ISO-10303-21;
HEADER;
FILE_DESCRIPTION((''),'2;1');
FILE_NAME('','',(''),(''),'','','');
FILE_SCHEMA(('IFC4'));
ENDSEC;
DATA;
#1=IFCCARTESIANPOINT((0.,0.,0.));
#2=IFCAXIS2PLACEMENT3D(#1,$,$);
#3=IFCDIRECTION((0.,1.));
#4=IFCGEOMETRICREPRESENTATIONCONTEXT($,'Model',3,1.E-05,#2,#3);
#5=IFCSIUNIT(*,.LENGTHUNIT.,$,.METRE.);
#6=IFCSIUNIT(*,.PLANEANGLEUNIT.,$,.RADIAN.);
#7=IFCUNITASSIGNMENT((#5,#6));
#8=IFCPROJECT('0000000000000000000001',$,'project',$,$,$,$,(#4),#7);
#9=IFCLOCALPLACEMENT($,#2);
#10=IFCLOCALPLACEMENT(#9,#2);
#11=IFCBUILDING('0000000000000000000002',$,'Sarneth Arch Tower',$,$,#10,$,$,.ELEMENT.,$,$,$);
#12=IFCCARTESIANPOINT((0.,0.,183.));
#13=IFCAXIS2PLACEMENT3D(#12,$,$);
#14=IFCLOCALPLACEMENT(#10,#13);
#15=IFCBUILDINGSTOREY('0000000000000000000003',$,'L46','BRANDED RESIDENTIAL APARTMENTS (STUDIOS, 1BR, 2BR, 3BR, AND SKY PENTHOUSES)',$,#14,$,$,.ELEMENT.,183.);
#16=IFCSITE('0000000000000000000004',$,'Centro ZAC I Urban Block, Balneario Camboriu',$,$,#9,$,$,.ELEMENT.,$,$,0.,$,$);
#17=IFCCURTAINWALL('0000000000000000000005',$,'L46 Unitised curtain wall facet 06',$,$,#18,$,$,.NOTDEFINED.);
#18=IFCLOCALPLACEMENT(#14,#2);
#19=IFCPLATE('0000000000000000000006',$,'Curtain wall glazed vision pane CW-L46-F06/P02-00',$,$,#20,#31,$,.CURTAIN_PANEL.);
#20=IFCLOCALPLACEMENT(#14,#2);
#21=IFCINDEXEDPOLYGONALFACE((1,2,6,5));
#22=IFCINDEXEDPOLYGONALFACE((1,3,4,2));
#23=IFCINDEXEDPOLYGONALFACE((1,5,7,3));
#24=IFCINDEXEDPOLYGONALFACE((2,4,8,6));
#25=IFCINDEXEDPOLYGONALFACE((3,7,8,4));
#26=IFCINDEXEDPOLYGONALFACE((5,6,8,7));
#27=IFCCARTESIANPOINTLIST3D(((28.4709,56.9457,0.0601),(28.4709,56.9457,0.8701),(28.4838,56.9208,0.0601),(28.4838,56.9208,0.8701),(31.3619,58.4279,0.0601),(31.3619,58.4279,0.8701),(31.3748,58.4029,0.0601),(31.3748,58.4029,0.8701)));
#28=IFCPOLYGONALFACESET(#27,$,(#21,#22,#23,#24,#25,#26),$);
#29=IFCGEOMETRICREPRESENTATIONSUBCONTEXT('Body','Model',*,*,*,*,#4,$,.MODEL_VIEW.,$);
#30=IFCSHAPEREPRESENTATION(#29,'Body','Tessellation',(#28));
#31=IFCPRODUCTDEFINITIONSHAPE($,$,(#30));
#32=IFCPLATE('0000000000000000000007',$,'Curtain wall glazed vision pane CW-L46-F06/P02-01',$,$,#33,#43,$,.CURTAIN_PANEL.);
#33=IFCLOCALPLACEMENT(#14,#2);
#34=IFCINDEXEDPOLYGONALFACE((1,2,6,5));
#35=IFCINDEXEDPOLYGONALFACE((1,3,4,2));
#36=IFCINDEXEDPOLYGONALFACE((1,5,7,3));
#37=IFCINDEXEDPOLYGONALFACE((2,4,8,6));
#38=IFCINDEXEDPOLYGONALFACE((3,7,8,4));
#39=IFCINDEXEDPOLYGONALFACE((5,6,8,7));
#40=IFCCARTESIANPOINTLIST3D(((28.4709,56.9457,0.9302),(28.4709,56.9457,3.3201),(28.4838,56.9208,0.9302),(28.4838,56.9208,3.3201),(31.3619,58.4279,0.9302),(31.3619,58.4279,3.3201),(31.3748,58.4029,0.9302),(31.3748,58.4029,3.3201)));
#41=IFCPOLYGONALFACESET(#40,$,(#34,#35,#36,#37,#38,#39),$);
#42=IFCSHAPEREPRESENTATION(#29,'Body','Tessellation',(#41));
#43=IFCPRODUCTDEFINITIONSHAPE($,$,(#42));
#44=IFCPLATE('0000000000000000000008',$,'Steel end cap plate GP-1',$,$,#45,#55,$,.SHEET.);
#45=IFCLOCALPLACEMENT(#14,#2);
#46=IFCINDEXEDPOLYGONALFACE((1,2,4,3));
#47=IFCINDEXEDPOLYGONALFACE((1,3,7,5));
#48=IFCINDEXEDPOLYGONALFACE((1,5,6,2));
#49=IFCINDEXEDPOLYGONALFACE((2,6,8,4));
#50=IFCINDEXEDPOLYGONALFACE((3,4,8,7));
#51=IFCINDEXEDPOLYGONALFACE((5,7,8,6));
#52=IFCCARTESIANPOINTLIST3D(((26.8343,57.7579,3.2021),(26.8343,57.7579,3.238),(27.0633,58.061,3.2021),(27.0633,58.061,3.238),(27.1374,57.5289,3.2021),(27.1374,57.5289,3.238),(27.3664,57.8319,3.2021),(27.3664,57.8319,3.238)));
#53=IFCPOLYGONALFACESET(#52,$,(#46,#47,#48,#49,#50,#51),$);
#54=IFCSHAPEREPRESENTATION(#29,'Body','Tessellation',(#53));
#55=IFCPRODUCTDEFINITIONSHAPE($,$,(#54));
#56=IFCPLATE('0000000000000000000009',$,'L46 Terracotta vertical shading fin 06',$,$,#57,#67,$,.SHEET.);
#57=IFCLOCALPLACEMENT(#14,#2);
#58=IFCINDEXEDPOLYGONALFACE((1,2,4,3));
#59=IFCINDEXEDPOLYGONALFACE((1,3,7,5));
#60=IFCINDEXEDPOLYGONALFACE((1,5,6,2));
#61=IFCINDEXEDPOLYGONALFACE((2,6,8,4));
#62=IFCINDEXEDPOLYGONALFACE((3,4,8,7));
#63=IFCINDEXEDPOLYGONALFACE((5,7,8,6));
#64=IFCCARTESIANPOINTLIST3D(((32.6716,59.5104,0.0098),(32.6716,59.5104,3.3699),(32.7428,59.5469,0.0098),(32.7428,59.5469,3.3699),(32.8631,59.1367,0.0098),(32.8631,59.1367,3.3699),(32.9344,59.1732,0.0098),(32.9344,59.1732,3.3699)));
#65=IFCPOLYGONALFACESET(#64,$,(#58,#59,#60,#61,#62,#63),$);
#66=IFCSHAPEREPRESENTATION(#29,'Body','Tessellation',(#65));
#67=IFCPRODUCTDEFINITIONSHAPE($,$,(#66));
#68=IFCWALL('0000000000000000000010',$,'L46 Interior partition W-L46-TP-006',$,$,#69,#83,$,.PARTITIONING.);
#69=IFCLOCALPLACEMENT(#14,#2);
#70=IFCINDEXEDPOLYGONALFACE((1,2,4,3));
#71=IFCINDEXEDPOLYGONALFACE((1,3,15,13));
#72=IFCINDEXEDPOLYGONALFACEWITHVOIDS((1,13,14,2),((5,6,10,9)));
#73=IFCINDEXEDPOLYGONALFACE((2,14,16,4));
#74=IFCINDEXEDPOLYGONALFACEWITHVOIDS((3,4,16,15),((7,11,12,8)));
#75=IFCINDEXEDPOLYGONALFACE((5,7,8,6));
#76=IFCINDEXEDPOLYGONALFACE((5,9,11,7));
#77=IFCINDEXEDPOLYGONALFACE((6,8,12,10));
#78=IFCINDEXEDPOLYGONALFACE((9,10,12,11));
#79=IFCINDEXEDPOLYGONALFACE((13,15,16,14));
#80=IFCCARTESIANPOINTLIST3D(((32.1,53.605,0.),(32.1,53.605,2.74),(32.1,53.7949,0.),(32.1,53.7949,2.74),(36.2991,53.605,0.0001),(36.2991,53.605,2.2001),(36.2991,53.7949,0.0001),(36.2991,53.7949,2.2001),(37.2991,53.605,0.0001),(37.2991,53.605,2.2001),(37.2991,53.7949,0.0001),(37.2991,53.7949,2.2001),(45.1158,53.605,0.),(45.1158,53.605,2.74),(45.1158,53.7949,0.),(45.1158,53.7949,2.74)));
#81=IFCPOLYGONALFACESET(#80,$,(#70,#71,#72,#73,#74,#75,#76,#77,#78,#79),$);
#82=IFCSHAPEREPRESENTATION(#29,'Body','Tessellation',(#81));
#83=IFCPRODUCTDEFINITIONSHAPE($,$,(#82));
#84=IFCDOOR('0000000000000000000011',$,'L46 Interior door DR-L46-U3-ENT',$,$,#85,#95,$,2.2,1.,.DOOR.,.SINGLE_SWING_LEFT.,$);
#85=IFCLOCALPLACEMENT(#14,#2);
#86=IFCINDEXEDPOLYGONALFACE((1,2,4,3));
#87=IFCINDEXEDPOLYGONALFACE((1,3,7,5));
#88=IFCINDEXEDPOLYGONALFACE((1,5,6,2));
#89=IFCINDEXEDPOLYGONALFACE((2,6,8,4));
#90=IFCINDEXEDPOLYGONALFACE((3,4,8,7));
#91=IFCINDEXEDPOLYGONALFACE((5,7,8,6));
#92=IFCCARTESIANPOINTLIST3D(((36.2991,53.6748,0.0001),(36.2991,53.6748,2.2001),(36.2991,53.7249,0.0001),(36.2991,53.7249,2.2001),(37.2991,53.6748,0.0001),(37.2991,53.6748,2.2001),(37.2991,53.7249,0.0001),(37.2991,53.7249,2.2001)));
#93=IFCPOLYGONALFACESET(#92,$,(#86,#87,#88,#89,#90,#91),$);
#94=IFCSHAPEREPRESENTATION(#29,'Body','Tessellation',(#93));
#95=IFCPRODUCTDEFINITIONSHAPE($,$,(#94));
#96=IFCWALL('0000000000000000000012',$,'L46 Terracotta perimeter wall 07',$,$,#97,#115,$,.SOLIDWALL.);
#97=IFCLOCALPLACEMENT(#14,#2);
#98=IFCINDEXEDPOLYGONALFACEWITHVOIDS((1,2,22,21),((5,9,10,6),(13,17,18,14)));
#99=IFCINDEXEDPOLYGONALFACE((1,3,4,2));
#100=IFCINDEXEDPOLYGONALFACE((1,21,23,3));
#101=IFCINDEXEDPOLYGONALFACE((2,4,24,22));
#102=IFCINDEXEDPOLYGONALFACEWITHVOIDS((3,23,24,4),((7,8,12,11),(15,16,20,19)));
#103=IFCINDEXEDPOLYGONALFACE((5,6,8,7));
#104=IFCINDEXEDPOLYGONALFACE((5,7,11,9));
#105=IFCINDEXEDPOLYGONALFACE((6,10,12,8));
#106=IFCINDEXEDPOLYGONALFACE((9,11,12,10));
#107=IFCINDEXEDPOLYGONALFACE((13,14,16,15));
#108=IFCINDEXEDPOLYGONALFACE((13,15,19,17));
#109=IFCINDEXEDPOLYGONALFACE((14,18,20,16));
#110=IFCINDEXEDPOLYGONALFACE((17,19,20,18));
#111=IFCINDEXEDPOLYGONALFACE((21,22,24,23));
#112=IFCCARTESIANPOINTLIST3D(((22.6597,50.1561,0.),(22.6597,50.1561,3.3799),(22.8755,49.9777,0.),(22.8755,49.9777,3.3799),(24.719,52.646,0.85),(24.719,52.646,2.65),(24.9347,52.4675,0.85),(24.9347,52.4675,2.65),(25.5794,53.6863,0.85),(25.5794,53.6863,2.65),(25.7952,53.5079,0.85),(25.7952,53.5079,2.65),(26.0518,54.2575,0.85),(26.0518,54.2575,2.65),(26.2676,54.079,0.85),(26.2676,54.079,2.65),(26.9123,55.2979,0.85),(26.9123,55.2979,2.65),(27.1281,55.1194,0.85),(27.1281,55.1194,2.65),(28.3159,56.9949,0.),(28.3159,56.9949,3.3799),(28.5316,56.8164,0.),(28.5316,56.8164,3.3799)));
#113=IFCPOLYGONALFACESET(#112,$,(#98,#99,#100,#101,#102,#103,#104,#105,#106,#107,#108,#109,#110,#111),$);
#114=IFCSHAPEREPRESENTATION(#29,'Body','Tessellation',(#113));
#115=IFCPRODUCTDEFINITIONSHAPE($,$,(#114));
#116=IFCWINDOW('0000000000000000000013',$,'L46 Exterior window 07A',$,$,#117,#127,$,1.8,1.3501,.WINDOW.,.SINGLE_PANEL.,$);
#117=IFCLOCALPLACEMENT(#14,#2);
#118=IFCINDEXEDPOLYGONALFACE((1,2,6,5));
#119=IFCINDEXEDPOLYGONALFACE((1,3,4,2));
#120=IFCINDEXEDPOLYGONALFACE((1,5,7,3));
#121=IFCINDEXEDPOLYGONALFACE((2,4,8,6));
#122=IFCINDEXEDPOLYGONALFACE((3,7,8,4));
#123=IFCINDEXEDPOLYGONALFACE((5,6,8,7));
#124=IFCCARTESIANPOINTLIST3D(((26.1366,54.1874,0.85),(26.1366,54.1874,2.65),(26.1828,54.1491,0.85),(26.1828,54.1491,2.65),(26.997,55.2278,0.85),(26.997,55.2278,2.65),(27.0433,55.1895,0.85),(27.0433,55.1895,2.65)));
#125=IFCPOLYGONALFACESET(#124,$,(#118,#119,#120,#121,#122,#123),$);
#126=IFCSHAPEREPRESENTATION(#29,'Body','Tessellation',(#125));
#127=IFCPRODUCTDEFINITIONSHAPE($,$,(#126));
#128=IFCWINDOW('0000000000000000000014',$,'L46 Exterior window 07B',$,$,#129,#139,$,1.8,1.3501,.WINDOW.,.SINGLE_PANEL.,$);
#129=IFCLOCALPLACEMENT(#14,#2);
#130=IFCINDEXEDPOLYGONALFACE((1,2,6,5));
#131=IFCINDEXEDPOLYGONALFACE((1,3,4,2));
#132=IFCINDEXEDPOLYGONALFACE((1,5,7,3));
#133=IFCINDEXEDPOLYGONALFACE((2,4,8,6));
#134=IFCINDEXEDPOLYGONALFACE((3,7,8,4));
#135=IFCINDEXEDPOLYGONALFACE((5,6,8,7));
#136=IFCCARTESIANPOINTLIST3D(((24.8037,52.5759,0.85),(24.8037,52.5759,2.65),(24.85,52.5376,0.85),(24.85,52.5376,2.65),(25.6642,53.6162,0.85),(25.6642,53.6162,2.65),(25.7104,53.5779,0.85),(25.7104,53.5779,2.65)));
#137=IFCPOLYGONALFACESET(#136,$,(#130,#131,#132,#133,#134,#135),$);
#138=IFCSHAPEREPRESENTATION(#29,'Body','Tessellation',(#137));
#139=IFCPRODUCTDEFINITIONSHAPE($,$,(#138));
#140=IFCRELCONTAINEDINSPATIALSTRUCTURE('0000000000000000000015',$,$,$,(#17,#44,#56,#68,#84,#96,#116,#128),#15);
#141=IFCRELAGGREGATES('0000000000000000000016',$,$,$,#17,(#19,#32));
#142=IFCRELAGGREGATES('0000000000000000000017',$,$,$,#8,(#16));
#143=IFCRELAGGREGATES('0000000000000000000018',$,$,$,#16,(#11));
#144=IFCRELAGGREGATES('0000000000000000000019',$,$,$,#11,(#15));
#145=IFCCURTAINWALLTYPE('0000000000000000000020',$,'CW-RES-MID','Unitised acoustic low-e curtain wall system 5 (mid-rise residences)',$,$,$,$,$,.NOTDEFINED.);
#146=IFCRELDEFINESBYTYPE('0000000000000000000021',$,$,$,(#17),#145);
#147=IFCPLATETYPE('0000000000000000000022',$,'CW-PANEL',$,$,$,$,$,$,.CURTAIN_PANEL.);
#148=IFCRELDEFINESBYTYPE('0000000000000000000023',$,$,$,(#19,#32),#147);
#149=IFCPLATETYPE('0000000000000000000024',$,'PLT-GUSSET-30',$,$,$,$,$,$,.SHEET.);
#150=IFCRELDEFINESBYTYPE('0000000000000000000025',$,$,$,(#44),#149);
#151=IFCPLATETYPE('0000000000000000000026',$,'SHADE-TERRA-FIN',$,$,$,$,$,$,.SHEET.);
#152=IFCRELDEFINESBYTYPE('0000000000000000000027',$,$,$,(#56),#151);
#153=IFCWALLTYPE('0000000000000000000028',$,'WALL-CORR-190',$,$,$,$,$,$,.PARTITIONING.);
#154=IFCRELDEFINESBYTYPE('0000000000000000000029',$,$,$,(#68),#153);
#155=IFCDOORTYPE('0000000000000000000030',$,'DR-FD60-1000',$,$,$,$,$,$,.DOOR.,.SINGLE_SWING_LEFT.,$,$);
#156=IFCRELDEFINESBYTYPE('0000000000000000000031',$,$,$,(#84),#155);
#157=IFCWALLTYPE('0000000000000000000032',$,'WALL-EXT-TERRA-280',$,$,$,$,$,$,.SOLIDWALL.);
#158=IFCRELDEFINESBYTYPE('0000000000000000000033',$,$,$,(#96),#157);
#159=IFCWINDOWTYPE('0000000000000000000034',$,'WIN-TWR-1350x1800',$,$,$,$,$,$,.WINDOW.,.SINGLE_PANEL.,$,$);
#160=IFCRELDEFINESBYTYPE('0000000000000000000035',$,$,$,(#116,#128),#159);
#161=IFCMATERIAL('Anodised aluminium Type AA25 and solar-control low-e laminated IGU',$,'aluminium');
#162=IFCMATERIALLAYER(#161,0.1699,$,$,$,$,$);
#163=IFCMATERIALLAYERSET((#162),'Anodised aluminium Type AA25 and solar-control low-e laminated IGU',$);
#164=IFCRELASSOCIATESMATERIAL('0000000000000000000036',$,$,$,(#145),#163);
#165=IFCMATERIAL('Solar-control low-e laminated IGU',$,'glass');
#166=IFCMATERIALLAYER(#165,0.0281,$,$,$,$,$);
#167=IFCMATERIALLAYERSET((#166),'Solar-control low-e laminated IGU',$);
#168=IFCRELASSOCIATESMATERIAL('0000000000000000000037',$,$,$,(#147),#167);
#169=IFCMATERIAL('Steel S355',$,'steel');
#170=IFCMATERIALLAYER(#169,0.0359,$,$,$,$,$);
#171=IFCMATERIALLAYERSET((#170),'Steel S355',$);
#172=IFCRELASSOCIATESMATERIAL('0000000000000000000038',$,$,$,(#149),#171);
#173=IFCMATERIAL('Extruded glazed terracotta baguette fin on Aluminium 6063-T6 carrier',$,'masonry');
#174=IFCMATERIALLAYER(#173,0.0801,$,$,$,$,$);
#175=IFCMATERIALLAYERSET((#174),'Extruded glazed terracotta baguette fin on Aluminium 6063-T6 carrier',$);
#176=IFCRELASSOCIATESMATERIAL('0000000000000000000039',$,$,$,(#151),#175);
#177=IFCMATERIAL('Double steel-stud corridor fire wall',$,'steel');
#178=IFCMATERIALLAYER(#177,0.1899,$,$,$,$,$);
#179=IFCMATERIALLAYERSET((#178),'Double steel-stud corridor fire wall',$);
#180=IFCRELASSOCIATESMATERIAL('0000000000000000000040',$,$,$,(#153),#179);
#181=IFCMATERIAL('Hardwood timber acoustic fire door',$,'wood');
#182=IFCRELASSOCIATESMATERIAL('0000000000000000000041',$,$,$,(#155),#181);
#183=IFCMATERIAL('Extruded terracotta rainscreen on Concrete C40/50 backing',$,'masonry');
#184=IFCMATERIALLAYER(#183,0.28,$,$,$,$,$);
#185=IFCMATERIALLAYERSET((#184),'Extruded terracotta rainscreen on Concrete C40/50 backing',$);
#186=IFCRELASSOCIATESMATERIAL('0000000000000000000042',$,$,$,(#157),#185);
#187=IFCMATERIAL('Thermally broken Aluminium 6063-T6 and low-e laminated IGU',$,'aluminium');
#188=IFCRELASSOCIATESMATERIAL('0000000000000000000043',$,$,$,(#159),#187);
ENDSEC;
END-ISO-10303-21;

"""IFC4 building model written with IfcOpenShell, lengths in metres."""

from ifc_helpers import new_model, si_unit, direction, frame, frame_2d, origin, origin_2d, place, context, subcontext, project, spatial, rectangle, extrude, material, layer, layer_set, type_object, element, fill, aggregate, save


model = new_model("IFC4")

# Units and contexts
model_context = context("Model", 3, precision=1e-05, world=origin(), true_north=direction((0.0, 1.0)))
body_context = subcontext(model_context, "Body", "Model", "MODEL_VIEW")
ifc_project = project(units=[si_unit("LENGTHUNIT", "METRE"), si_unit("PLANEANGLEUNIT", "RADIAN")], contexts=[model_context])

# Site, building, storey
site_placement = place(None, origin())
site = spatial("IfcSite", under=ifc_project, at=site_placement, Name="Centro ZAC I Urban Block, Balneario Camboriu", CompositionType="ELEMENT", RefElevation=0.0)
building_placement = place(site_placement, origin())
building = spatial("IfcBuilding", under=site, at=building_placement, Name="Sarneth Arch Tower", CompositionType="ELEMENT")
storey_placement = place(building_placement, frame((0.0, 0.0, 183.0)))
storey = spatial("IfcBuildingStorey", under=building, at=storey_placement, Name="L46", Description="BRANDED RESIDENTIAL APARTMENTS (STUDIOS, 1BR, 2BR, 3BR, AND SKY PENTHOUSES)", CompositionType="ELEMENT", Elevation=183.0)

# Curtain wall
ifc_material_1 = material(Name="Anodised aluminium Type AA25 and solar-control low-e laminated IGU", Category="aluminium")
ifc_layer_1 = layer(ifc_material_1, 0.1699)
ifc_layer_set_1 = layer_set([ifc_layer_1], Name="Anodised aluminium Type AA25 and solar-control low-e laminated IGU")
curtain_wall_type = type_object("IfcCurtainWallType", Name="CW-RES-MID", Description="Unitised acoustic low-e curtain wall system 5 (mid-rise residences)", PredefinedType="NOTDEFINED", material=ifc_layer_set_1)
curtain_wall_placement = place(storey_placement, origin())
curtain_wall = element("IfcCurtainWall", 1, at=curtain_wall_placement, inside=storey, type_object=curtain_wall_type, Name="L46 Unitised curtain wall facet 06", PredefinedType="NOTDEFINED")

# Plates
ifc_material_2 = material(Name="Solar-control low-e laminated IGU", Category="glass")
ifc_layer_2 = layer(ifc_material_2, 0.0281)
ifc_layer_set_2 = layer_set([ifc_layer_2], Name="Solar-control low-e laminated IGU")
plate_type_1 = type_object("IfcPlateType", Name="CW-PANEL", PredefinedType="CURTAIN_PANEL", material=ifc_layer_set_2)
plate_1_placement = place(storey_placement, frame((29.9229, 57.6743, 0.0601), z_axis=(0.0, 0.0, 1.0), x_axis=(-0.889873, -0.456208, 0.0)))
plate_1 = element("IfcPlate", 2, at=plate_1_placement, type_object=plate_type_1, Name="Curtain wall glazed vision pane CW-L46-F06/P02-00", PredefinedType="CURTAIN_PANEL", context=body_context, shape_type="SweptSolid", body=[
    extrude(rectangle(XDim=3.2488, YDim=0.0281, at=origin_2d()), origin(), (0.0, 0.0, 1.0), 0.8101),
])
plate_2_placement = place(storey_placement, frame((29.9229, 57.6743, 0.9302), z_axis=(0.0, 0.0, 1.0), x_axis=(-0.889873, -0.456208, 0.0)))
plate_2 = element("IfcPlate", 3, at=plate_2_placement, type_object=plate_type_1, Name="Curtain wall glazed vision pane CW-L46-F06/P02-01", PredefinedType="CURTAIN_PANEL", context=body_context, shape_type="SweptSolid", body=[
    extrude(rectangle(XDim=3.2488, YDim=0.0281, at=origin_2d()), origin(), (0.0, 0.0, 1.0), 2.3899),
])
aggregate(curtain_wall, [plate_1, plate_2])

# Plates
ifc_material_3 = material(Name="Steel S355", Category="steel")
ifc_layer_3 = layer(ifc_material_3, 0.0359)
ifc_layer_set_3 = layer_set([ifc_layer_3], Name="Steel S355")
plate_type_2 = type_object("IfcPlateType", Name="PLT-GUSSET-30", PredefinedType="SHEET", material=ifc_layer_set_3)
plate_3_placement = place(storey_placement, frame((27.1003, 57.7949, 3.2021), z_axis=(0.0, 0.0, 1.0), x_axis=(-0.797794, 0.60293, 0.0)))
element("IfcPlate", 4, at=plate_3_placement, inside=storey, type_object=plate_type_2, Name="Steel end cap plate GP-1", PredefinedType="SHEET", context=body_context, shape_type="SweptSolid", body=[
    extrude(rectangle(XDim=0.3799, YDim=0.3799, at=origin_2d()), origin(), (0.0, 0.0, 1.0), 0.0359),
])
ifc_material_4 = material(Name="Extruded glazed terracotta baguette fin on Aluminium 6063-T6 carrier", Category="masonry")
ifc_layer_4 = layer(ifc_material_4, 0.0801)
ifc_layer_set_4 = layer_set([ifc_layer_4], Name="Extruded glazed terracotta baguette fin on Aluminium 6063-T6 carrier")
plate_type_3 = type_object("IfcPlateType", Name="SHADE-TERRA-FIN", PredefinedType="SHEET", material=ifc_layer_set_4)
plate_4_placement = place(storey_placement, frame((32.803, 59.3418, 0.0098), z_axis=(0.0, 0.0, 1.0), x_axis=(-0.456166, 0.889895, 0.0)))
element("IfcPlate", 5, at=plate_4_placement, inside=storey, type_object=plate_type_3, Name="L46 Terracotta vertical shading fin 06", PredefinedType="SHEET", context=body_context, shape_type="SweptSolid", body=[
    extrude(rectangle(XDim=0.4199, YDim=0.0801, at=origin_2d()), origin(), (0.0, 0.0, 1.0), 3.3601),
])

# Wall, opening, door
ifc_material_5 = material(Name="Double steel-stud corridor fire wall", Category="steel")
ifc_layer_5 = layer(ifc_material_5, 0.1899)
ifc_layer_set_5 = layer_set([ifc_layer_5], Name="Double steel-stud corridor fire wall")
wall_type_1 = type_object("IfcWallType", Name="WALL-CORR-190", PredefinedType="PARTITIONING", material=ifc_layer_set_5)
wall_1_placement = place(storey_placement, frame((32.1001, 53.7, 0.0), z_axis=(0.0, 0.0, 1.0), x_axis=(1.0, 0.0, 0.0)))
wall_1 = element("IfcWall", 6, at=wall_1_placement, inside=storey, type_object=wall_type_1, Name="L46 Interior partition W-L46-TP-006", PredefinedType="PARTITIONING", context=body_context, shape_type="SweptSolid", body=[
    extrude(rectangle(XDim=13.0159, YDim=0.1899, at=frame_2d((6.5078, 0.0))), origin(), (0.0, 0.0, 1.0), 2.74),
])
opening_1_placement = place(wall_1_placement, frame((4.199, 0.0, 0.0)))
opening_1 = element("IfcOpeningElement", 7, at=opening_1_placement, cuts=wall_1, PredefinedType="OPENING", context=body_context, shape_type="SweptSolid", body=[
    extrude(rectangle(XDim=1.0, YDim=2.2, at=frame_2d((0.5, 1.1001))), frame((0.0, 0.105, 0.0), z_axis=(0.0, -1.0, 0.0), x_axis=(1.0, 0.0, 0.0)), (0.0, 0.0, 1.0), 0.21),
])
ifc_material_6 = material(Name="Hardwood timber acoustic fire door", Category="wood")
door_type_1 = type_object("IfcDoorType", Name="DR-FD60-1000", OperationType="SINGLE_SWING_LEFT", PredefinedType="DOOR", material=ifc_material_6)
door_1_placement = place(opening_1_placement, origin())
door_1 = element("IfcDoor", 8, at=door_1_placement, inside=storey, type_object=door_type_1, Name="L46 Interior door DR-L46-U3-ENT", OperationType="SINGLE_SWING_LEFT", OverallHeight=2.2, OverallWidth=1.0, PredefinedType="DOOR", context=body_context, shape_type="SweptSolid", body=[
    extrude(rectangle(XDim=1.0, YDim=2.2, at=frame_2d((0.5, 1.1001))), frame((0.0, 0.0249, 0.0), z_axis=(0.0, -1.0, 0.0), x_axis=(1.0, 0.0, 0.0)), (0.0, 0.0, 1.0), 0.05),
])
fill(opening_1, door_1)

# Wall, openings, windows
ifc_material_7 = material(Name="Extruded terracotta rainscreen on Concrete C40/50 backing", Category="masonry")
ifc_layer_6 = layer(ifc_material_7, 0.28)
ifc_layer_set_6 = layer_set([ifc_layer_6], Name="Extruded terracotta rainscreen on Concrete C40/50 backing")
wall_type_2 = type_object("IfcWallType", Name="WALL-EXT-TERRA-280", PredefinedType="SOLIDWALL", material=ifc_layer_set_6)
wall_2_placement = place(storey_placement, frame((28.4238, 56.9058, 0.0), z_axis=(0.0, 0.0, 1.0), x_axis=(-0.637333, -0.770588, 0.0)))
wall_2 = element("IfcWall", 9, at=wall_2_placement, inside=storey, type_object=wall_type_2, Name="L46 Terracotta perimeter wall 07", PredefinedType="SOLIDWALL", context=body_context, shape_type="SweptSolid", body=[
    extrude(rectangle(XDim=8.8748, YDim=0.28, at=frame_2d((4.4375, 0.0))), origin(), (0.0, 0.0, 1.0), 3.3799),
])
opening_2_placement = place(wall_2_placement, frame((2.2024, 0.0, 0.8501)))
opening_2 = element("IfcOpeningElement", 10, at=opening_2_placement, cuts=wall_2, PredefinedType="OPENING", context=body_context, shape_type="SweptSolid", body=[
    extrude(rectangle(XDim=1.3501, YDim=1.8, at=frame_2d((0.675, 0.8999))), frame((0.0, 0.1499, 0.0), z_axis=(0.0, -1.0, 0.0), x_axis=(1.0, 0.0, 0.0)), (0.0, 0.0, 1.0), 0.3),
])
opening_3_placement = place(wall_2_placement, frame((4.2937, 0.0, 0.8501)))
opening_3 = element("IfcOpeningElement", 11, at=opening_3_placement, cuts=wall_2, PredefinedType="OPENING", context=body_context, shape_type="SweptSolid", body=[
    extrude(rectangle(XDim=1.3501, YDim=1.8, at=frame_2d((0.675, 0.8999))), frame((0.0, 0.1499, 0.0), z_axis=(0.0, -1.0, 0.0), x_axis=(1.0, 0.0, 0.0)), (0.0, 0.0, 1.0), 0.3),
])
ifc_material_8 = material(Name="Thermally broken Aluminium 6063-T6 and low-e laminated IGU", Category="aluminium")
window_type = type_object("IfcWindowType", Name="WIN-TWR-1350x1800", PartitioningType="SINGLE_PANEL", PredefinedType="WINDOW", material=ifc_material_8)
window_1_placement = place(opening_2_placement, origin())
window_1 = element("IfcWindow", 12, at=window_1_placement, inside=storey, type_object=window_type, Name="L46 Exterior window 07A", OverallHeight=1.8, OverallWidth=1.3501, PartitioningType="SINGLE_PANEL", PredefinedType="WINDOW", context=body_context, shape_type="SweptSolid", body=[
    extrude(rectangle(XDim=1.3501, YDim=1.8, at=frame_2d((0.675, 0.8999))), frame((0.0, 0.03, 0.0), z_axis=(0.0, -1.0, 0.0), x_axis=(1.0, 0.0, 0.0)), (0.0, 0.0, 1.0), 0.0601),
])
fill(opening_2, window_1)
window_2_placement = place(opening_3_placement, origin())
window_2 = element("IfcWindow", 13, at=window_2_placement, inside=storey, type_object=window_type, Name="L46 Exterior window 07B", OverallHeight=1.8, OverallWidth=1.3501, PartitioningType="SINGLE_PANEL", PredefinedType="WINDOW", context=body_context, shape_type="SweptSolid", body=[
    extrude(rectangle(XDim=1.3501, YDim=1.8, at=frame_2d((0.675, 0.8999))), frame((0.0, 0.03, 0.0), z_axis=(0.0, -1.0, 0.0), x_axis=(1.0, 0.0, 0.0)), (0.0, 0.0, 1.0), 0.0601),
])
fill(opening_3, window_2)

save(model, "model.ifc")
